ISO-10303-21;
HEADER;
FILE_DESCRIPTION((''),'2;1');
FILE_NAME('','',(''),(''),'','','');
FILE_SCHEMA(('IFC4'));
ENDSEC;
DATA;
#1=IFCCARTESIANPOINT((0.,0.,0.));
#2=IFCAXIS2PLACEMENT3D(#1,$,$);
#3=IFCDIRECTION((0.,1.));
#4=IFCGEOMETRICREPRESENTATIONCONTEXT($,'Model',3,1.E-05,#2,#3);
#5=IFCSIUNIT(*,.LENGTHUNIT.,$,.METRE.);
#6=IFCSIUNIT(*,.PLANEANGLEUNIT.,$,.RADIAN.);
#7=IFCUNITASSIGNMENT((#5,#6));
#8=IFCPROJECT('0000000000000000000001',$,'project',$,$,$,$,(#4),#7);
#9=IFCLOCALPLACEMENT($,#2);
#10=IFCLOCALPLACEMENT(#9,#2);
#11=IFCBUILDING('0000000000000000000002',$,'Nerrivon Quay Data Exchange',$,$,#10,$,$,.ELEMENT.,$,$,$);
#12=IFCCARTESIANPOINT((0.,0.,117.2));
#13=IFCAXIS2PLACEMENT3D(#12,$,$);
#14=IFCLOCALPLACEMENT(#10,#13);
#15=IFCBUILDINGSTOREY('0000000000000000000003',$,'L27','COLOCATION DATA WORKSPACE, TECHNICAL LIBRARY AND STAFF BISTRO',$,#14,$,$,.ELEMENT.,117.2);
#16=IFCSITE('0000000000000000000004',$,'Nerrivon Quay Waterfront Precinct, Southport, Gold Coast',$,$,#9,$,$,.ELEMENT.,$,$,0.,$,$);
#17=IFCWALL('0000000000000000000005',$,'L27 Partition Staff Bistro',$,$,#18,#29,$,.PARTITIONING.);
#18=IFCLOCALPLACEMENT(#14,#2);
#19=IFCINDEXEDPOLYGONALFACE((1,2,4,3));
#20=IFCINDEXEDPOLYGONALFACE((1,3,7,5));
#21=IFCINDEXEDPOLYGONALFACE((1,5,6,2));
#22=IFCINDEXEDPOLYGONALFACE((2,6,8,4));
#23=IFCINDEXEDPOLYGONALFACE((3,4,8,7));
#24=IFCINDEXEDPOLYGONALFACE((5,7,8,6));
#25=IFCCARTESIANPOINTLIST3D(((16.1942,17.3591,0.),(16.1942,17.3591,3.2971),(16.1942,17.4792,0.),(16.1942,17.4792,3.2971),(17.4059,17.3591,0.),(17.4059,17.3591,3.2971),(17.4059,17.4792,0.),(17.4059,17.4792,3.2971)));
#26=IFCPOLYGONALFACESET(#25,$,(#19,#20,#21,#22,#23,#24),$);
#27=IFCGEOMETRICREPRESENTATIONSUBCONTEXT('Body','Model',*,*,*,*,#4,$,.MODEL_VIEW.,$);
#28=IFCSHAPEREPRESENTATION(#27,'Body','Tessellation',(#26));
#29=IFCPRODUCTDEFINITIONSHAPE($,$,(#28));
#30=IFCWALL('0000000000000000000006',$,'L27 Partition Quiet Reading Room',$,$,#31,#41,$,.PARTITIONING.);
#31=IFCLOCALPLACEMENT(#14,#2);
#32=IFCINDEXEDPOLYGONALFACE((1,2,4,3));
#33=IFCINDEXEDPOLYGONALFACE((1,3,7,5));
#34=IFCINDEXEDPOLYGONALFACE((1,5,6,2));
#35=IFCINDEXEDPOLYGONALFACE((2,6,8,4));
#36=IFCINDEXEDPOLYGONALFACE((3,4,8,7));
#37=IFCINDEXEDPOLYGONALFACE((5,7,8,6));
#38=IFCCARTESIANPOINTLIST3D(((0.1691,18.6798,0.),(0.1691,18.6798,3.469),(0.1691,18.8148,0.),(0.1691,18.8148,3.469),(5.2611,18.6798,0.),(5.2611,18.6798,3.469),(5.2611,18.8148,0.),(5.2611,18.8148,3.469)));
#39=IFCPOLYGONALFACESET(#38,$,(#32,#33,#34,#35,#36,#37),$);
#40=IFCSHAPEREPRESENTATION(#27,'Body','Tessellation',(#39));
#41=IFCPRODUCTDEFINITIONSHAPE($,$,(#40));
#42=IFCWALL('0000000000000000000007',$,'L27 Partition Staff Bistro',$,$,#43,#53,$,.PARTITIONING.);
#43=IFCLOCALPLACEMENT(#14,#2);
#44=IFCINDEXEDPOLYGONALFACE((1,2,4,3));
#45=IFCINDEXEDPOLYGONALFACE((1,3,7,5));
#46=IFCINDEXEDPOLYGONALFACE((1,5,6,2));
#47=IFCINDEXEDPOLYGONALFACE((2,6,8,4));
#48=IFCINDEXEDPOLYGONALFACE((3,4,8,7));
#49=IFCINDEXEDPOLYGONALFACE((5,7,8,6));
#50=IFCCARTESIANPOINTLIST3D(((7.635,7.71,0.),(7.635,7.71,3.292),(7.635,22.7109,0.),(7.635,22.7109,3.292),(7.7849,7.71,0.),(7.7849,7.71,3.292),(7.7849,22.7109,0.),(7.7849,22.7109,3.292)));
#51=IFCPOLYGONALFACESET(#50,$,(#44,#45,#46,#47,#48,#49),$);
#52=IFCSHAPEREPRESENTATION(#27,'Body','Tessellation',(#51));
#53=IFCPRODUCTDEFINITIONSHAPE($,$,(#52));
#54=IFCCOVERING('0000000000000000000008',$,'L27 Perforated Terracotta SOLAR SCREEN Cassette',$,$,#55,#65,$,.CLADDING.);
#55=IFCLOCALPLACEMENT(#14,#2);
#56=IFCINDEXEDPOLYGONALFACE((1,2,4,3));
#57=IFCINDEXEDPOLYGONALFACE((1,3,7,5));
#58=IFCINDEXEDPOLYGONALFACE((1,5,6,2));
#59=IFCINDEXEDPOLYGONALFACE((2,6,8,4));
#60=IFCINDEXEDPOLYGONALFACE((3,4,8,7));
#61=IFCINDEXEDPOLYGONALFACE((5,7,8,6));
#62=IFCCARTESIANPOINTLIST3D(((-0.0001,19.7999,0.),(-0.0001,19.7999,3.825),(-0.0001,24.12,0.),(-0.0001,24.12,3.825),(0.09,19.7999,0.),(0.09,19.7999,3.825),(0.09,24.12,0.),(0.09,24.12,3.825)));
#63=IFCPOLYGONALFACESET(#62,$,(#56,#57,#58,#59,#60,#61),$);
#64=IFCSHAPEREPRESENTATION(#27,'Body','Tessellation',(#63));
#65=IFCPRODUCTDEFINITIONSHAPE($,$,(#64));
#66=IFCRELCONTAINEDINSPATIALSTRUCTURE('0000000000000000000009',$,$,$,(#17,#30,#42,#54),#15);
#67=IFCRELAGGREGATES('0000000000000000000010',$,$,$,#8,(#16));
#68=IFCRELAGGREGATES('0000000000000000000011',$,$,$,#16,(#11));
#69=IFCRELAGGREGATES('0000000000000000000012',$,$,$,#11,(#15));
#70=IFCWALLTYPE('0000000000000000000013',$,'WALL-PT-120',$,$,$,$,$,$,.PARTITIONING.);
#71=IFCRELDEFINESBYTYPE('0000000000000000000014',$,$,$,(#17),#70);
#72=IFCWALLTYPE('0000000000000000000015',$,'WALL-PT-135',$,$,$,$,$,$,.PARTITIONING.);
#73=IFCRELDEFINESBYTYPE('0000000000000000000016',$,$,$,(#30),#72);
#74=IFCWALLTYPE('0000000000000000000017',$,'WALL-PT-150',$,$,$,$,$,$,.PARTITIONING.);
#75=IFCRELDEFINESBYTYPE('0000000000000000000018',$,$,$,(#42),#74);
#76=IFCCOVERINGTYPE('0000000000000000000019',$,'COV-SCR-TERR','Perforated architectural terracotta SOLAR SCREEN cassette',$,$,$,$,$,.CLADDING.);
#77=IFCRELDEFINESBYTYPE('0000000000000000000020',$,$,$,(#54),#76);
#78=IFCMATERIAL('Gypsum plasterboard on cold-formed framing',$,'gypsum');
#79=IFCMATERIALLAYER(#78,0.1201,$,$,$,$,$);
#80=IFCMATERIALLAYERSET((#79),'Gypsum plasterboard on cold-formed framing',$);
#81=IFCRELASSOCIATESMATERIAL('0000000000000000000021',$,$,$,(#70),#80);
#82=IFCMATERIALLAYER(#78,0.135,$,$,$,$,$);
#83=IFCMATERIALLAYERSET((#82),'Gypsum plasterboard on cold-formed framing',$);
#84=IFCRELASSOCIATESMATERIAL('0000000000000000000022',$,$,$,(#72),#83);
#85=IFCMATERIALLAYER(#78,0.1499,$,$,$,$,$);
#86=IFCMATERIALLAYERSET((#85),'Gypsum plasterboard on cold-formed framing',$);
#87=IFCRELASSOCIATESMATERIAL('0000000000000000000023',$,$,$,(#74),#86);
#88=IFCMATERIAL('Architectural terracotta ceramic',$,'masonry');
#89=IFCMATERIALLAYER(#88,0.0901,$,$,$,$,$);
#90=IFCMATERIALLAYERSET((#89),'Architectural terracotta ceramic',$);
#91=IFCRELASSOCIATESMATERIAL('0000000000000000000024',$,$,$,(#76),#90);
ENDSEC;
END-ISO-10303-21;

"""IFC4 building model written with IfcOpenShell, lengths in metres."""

from ifc_helpers import new_model, si_unit, direction, frame, frame_2d, origin, origin_2d, place, context, subcontext, project, spatial, rectangle, extrude, material, layer, layer_set, type_object, element, save


model = new_model("IFC4")

# Units and contexts
model_context = context("Model", 3, precision=1e-05, world=origin(), true_north=direction((0.0, 1.0)))
body_context = subcontext(model_context, "Body", "Model", "MODEL_VIEW")
ifc_project = project(units=[si_unit("LENGTHUNIT", "METRE"), si_unit("PLANEANGLEUNIT", "RADIAN")], contexts=[model_context])

# Site, building, storey
site_placement = place(None, origin())
site = spatial("IfcSite", under=ifc_project, at=site_placement, Name="Nerrivon Quay Waterfront Precinct, Southport, Gold Coast", CompositionType="ELEMENT", RefElevation=0.0)
building_placement = place(site_placement, origin())
building = spatial("IfcBuilding", under=site, at=building_placement, Name="Nerrivon Quay Data Exchange", CompositionType="ELEMENT")
storey_placement = place(building_placement, frame((0.0, 0.0, 117.2)))
storey = spatial("IfcBuildingStorey", under=building, at=storey_placement, Name="L27", Description="COLOCATION DATA WORKSPACE, TECHNICAL LIBRARY AND STAFF BISTRO", CompositionType="ELEMENT", Elevation=117.2)

# Shared definitions
ifc_material_1 = material(Name="Gypsum plasterboard on cold-formed framing", Category="gypsum")

# Walls
ifc_layer_1 = layer(ifc_material_1, 0.1201)
ifc_layer_set_1 = layer_set([ifc_layer_1], Name="Gypsum plasterboard on cold-formed framing")
wall_type_1 = type_object("IfcWallType", Name="WALL-PT-120", PredefinedType="PARTITIONING", material=ifc_layer_set_1)
wall_1_placement = place(storey_placement, frame((16.1941, 17.4192, 0.0), z_axis=(0.0, 0.0, 1.0), x_axis=(1.0, 0.0, 0.0)))
element("IfcWall", 1, at=wall_1_placement, inside=storey, type_object=wall_type_1, Name="L27 Partition Staff Bistro", PredefinedType="PARTITIONING", context=body_context, shape_type="SweptSolid", body=[
    extrude(rectangle(XDim=1.2117, YDim=0.1201, at=frame_2d((0.606, 0.0))), origin(), (0.0, 0.0, 1.0), 3.2971),
])
ifc_layer_2 = layer(ifc_material_1, 0.135)
ifc_layer_set_2 = layer_set([ifc_layer_2], Name="Gypsum plasterboard on cold-formed framing")
wall_type_2 = type_object("IfcWallType", Name="WALL-PT-135", PredefinedType="PARTITIONING", material=ifc_layer_set_2)
wall_2_placement = place(storey_placement, frame((5.261, 18.7473, 0.0), z_axis=(0.0, 0.0, 1.0), x_axis=(-1.0, 0.0, 0.0)))
element("IfcWall", 2, at=wall_2_placement, inside=storey, type_object=wall_type_2, Name="L27 Partition Quiet Reading Room", PredefinedType="PARTITIONING", context=body_context, shape_type="SweptSolid", body=[
    extrude(rectangle(XDim=5.092, YDim=0.135, at=frame_2d((2.5459, 0.0))), origin(), (0.0, 0.0, 1.0), 3.469),
])
ifc_layer_3 = layer(ifc_material_1, 0.1499)
ifc_layer_set_3 = layer_set([ifc_layer_3], Name="Gypsum plasterboard on cold-formed framing")
wall_type_3 = type_object("IfcWallType", Name="WALL-PT-150", PredefinedType="PARTITIONING", material=ifc_layer_set_3)
wall_3_placement = place(storey_placement, frame((7.71, 22.7109, 0.0), z_axis=(0.0, 0.0, 1.0), x_axis=(0.0, -1.0, 0.0)))
element("IfcWall", 3, at=wall_3_placement, inside=storey, type_object=wall_type_3, Name="L27 Partition Staff Bistro", PredefinedType="PARTITIONING", context=body_context, shape_type="SweptSolid", body=[
    extrude(rectangle(XDim=15.001, YDim=0.1499, at=frame_2d((7.5005, 0.0))), origin(), (0.0, 0.0, 1.0), 3.292),
])

# Covering
ifc_material_2 = material(Name="Architectural terracotta ceramic", Category="masonry")
ifc_layer_4 = layer(ifc_material_2, 0.0901)
ifc_layer_set_4 = layer_set([ifc_layer_4], Name="Architectural terracotta ceramic")
covering_type = type_object("IfcCoveringType", Name="COV-SCR-TERR", Description="Perforated architectural terracotta SOLAR SCREEN cassette", PredefinedType="CLADDING", material=ifc_layer_set_4)
covering_placement = place(storey_placement, frame((0.0449, 21.96, 0.0), z_axis=(0.0, 0.0, 1.0), x_axis=(0.0, 1.0, 0.0)))
element("IfcCovering", 4, at=covering_placement, inside=storey, type_object=covering_type, Name="L27 Perforated Terracotta SOLAR SCREEN Cassette", PredefinedType="CLADDING", context=body_context, shape_type="SweptSolid", body=[
    extrude(rectangle(XDim=4.3201, YDim=0.0901, at=origin_2d()), origin(), (0.0, 0.0, 1.0), 3.825),
])

save(model, "model.ifc")
